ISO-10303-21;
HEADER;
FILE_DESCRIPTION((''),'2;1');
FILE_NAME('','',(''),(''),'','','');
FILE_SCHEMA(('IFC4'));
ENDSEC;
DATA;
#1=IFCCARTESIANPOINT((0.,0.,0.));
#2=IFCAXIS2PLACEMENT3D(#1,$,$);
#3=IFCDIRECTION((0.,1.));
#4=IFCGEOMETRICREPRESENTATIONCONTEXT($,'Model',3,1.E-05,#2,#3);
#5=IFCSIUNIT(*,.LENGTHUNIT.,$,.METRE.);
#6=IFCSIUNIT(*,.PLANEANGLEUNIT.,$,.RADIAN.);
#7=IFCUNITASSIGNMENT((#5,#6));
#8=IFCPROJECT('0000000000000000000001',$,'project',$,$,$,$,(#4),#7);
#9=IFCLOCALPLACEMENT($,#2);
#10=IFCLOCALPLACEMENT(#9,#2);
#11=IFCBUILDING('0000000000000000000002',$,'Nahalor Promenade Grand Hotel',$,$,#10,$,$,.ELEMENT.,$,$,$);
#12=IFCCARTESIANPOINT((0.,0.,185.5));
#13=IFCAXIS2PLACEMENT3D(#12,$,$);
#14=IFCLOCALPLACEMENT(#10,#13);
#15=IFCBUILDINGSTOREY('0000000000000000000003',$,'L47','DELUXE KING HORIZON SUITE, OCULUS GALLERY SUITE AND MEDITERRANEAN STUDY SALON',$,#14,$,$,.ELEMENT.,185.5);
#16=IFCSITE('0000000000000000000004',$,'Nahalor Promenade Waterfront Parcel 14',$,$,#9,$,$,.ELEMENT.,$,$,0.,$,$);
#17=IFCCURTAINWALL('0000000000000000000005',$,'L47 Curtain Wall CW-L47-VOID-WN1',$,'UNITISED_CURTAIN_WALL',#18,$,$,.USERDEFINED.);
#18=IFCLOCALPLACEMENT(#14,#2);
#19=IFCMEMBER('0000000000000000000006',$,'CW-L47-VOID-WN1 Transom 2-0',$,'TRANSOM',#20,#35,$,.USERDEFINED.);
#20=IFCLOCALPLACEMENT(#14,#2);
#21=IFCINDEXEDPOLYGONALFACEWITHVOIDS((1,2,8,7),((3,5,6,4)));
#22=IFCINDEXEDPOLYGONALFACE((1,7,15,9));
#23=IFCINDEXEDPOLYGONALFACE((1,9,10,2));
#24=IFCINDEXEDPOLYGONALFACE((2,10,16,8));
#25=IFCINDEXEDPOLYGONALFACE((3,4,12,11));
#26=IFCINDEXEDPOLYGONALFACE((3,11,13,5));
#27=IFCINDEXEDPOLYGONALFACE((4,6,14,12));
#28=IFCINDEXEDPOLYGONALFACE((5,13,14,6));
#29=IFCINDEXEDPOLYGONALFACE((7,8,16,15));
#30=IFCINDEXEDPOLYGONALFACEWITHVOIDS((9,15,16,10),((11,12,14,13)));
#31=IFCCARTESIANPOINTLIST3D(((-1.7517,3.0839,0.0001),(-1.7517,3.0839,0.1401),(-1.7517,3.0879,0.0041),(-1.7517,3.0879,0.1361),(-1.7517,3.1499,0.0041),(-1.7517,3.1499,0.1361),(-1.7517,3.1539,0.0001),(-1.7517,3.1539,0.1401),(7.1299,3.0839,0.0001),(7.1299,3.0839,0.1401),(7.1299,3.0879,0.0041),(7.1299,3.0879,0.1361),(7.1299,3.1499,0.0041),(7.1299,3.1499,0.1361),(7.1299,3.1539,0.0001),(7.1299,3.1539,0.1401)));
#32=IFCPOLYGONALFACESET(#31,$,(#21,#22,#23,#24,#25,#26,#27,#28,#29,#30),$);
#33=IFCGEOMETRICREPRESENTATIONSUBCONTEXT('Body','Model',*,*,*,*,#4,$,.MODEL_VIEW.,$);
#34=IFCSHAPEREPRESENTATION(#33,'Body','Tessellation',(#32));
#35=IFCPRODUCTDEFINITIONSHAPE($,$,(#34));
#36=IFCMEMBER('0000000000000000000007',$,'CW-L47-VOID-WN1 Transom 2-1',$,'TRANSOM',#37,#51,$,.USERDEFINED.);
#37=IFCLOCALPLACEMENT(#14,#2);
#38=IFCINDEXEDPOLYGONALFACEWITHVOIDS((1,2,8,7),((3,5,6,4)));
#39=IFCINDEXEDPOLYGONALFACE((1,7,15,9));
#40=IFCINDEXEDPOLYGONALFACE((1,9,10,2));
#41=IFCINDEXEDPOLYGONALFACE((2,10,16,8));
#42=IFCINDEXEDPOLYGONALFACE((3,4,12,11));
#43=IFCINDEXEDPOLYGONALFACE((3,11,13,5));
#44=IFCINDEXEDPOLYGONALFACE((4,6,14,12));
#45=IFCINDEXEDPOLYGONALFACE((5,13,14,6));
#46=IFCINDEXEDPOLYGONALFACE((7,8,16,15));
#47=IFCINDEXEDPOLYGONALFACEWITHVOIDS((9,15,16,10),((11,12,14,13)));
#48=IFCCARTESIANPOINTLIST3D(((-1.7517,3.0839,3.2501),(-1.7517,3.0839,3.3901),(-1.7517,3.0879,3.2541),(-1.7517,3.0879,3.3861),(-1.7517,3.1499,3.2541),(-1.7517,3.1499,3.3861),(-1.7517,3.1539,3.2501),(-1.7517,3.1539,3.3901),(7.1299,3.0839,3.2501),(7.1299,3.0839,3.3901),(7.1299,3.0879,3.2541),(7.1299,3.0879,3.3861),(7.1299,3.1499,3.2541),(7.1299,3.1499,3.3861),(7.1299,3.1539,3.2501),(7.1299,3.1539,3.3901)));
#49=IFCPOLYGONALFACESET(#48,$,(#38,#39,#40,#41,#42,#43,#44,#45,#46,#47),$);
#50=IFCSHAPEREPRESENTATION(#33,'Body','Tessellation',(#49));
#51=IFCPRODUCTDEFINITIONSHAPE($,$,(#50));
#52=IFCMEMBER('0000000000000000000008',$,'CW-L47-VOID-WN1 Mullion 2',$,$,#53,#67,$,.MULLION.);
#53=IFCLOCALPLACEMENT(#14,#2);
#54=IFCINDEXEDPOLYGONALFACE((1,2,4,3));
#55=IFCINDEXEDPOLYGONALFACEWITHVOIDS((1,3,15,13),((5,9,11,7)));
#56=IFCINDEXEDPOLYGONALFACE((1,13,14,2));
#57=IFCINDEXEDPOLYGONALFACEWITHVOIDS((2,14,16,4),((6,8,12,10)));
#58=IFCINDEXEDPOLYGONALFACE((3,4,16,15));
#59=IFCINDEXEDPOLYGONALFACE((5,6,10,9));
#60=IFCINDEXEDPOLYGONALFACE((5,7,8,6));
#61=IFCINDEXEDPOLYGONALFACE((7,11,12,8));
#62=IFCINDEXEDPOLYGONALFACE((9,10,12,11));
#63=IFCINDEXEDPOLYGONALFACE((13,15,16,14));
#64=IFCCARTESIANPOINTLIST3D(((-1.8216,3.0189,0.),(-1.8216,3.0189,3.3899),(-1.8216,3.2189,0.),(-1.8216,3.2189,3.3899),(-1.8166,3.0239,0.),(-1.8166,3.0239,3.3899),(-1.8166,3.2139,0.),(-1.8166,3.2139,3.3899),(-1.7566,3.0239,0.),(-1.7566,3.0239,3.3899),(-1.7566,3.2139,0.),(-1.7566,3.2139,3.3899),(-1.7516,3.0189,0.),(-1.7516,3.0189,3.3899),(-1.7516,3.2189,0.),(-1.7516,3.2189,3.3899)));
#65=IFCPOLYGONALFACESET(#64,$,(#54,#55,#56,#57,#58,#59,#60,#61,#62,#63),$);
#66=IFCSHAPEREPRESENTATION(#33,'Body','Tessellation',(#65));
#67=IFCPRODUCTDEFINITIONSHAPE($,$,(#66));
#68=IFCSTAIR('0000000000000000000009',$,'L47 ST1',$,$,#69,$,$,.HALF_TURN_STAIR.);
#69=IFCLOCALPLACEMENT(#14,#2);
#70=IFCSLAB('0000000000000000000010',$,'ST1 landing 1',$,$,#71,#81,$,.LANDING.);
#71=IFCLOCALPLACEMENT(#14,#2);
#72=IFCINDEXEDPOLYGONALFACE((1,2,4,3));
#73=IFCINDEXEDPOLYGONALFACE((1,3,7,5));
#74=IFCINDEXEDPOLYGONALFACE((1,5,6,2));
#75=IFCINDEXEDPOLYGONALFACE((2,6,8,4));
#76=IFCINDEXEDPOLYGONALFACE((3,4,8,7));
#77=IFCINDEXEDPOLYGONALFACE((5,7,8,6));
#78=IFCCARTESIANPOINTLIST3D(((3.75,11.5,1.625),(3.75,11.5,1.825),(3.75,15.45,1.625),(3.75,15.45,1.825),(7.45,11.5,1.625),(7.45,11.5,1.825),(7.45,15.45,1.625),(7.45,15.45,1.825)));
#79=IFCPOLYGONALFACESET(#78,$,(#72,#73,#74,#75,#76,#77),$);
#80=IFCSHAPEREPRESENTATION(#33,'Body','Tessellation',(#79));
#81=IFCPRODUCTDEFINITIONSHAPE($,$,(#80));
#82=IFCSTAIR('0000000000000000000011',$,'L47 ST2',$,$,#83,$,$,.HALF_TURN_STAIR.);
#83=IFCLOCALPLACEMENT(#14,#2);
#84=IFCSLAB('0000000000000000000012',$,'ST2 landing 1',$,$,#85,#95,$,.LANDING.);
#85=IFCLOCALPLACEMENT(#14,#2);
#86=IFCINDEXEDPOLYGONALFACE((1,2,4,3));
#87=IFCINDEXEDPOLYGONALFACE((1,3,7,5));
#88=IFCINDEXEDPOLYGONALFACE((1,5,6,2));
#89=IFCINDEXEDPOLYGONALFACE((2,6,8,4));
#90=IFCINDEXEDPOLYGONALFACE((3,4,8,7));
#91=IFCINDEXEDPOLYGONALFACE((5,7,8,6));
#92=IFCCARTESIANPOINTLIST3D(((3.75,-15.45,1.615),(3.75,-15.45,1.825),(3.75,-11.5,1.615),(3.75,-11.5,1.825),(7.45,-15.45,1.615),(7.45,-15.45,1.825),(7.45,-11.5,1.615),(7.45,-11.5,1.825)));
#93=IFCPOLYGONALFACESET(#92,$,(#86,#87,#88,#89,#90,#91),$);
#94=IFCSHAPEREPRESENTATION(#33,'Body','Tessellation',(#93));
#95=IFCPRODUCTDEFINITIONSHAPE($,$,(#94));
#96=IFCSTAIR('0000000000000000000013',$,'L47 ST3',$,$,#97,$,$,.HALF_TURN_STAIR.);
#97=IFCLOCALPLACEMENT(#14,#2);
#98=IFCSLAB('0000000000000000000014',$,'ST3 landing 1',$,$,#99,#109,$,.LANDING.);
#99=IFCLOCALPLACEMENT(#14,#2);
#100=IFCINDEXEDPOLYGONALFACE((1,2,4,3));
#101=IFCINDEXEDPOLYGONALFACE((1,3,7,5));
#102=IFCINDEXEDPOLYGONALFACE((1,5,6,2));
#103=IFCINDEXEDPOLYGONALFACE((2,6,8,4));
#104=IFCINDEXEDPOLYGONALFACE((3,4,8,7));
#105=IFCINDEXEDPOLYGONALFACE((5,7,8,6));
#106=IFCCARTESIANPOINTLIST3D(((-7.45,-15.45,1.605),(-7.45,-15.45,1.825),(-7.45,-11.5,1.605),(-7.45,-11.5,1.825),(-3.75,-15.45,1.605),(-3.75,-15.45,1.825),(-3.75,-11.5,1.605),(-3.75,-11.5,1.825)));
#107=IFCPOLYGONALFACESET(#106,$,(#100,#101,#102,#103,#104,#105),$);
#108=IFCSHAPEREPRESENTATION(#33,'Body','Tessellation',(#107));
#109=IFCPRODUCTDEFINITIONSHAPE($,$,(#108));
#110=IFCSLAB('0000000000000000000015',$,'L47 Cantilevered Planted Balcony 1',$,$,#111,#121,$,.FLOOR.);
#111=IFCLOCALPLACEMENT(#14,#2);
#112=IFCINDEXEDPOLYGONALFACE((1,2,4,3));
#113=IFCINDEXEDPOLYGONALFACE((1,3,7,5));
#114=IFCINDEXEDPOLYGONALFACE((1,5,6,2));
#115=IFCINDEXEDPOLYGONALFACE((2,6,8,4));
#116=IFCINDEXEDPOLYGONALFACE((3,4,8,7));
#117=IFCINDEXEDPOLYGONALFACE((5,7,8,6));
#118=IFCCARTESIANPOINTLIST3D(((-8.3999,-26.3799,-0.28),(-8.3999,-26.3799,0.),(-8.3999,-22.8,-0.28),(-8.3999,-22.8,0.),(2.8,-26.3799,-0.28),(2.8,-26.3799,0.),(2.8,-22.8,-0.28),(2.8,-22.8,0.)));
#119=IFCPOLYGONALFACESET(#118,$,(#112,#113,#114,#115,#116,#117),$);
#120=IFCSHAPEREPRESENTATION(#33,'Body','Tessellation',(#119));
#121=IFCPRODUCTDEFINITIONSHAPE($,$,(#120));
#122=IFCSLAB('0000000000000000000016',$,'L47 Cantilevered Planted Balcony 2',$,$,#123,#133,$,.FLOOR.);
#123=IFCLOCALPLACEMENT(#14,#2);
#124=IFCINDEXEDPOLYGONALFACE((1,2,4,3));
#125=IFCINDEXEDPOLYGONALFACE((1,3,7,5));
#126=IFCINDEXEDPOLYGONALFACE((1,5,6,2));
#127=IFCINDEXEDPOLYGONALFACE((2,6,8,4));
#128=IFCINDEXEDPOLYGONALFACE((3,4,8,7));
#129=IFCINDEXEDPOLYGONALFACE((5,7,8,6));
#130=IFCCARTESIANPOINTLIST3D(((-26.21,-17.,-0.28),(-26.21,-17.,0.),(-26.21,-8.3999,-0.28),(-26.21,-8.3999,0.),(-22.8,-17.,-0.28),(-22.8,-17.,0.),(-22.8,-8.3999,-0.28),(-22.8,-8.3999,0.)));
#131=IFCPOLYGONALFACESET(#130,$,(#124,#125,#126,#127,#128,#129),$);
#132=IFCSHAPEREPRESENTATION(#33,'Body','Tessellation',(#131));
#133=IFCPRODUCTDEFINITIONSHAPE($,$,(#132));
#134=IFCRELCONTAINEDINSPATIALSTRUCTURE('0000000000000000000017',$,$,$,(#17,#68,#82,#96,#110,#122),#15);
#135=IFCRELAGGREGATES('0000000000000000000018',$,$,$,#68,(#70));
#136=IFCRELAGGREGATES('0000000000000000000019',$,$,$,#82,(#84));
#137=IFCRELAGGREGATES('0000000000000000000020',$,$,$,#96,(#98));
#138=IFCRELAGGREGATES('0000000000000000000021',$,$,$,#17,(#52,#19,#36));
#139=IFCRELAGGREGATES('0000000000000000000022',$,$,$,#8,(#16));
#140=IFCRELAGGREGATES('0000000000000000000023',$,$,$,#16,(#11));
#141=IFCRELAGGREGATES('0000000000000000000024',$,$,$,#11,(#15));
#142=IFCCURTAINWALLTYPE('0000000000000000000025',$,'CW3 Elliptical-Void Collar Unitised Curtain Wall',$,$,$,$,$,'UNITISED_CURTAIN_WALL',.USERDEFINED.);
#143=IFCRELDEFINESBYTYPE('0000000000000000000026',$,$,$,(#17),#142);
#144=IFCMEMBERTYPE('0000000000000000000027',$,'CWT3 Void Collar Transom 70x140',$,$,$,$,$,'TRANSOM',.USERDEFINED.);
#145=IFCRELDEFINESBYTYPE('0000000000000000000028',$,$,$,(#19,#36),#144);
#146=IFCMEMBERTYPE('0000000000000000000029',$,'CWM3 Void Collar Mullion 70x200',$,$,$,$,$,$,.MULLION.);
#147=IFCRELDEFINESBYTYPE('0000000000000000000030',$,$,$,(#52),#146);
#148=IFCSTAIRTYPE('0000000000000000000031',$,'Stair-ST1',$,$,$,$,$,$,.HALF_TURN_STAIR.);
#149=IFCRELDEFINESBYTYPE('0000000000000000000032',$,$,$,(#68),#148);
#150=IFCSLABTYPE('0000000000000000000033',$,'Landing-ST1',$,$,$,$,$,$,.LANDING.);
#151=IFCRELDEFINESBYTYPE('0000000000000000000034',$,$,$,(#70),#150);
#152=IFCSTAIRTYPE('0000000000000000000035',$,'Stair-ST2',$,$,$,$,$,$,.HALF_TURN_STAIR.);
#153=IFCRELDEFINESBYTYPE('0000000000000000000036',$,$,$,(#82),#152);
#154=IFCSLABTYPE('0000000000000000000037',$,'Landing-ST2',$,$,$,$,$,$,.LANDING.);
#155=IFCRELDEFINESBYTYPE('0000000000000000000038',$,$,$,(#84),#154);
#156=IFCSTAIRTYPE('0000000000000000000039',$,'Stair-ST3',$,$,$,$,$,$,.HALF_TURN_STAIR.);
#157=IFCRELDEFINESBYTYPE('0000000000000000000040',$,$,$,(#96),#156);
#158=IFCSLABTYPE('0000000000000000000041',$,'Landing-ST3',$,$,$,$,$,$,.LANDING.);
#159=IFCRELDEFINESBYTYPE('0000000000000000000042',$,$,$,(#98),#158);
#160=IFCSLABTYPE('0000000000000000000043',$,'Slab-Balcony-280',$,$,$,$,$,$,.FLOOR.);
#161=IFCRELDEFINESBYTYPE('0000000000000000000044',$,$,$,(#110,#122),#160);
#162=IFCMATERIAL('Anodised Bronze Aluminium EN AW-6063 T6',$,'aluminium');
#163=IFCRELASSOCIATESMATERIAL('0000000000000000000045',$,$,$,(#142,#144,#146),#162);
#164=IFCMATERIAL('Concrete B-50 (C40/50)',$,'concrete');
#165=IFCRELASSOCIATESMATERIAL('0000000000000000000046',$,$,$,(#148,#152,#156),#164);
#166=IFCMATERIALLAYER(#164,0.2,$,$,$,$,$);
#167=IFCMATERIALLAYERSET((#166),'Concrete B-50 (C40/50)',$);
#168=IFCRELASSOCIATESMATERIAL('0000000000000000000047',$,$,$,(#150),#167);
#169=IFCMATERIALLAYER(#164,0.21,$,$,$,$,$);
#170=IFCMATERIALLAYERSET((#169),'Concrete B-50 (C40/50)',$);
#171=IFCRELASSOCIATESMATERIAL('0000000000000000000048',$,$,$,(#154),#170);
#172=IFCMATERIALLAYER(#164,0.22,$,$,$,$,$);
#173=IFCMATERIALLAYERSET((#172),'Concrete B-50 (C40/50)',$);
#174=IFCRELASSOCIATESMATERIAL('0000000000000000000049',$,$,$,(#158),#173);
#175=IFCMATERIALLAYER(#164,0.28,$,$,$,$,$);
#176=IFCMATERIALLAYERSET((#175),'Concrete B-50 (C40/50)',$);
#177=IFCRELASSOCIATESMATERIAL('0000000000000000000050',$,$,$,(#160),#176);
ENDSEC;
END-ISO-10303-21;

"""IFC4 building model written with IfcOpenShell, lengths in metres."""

from ifc_helpers import new_model, si_unit, direction, frame, origin, origin_2d, place, context, subcontext, project, spatial, polyline, hollow_rectangle, outline, extrude, source, transform, mapped, material, layer, layer_set, material_profile, profile_set, type_object, element, aggregate, save


model = new_model("IFC4")

# Units and contexts
model_context = context("Model", 3, precision=1e-05, world=origin(), true_north=direction((0.0, 1.0)))
body_context = subcontext(model_context, "Body", "Model", "MODEL_VIEW")
ifc_project = project(units=[si_unit("LENGTHUNIT", "METRE"), si_unit("PLANEANGLEUNIT", "RADIAN")], contexts=[model_context])

# Site, building, storey
site_placement = place(None, origin())
site = spatial("IfcSite", under=ifc_project, at=site_placement, Name="Nahalor Promenade Waterfront Parcel 14", CompositionType="ELEMENT", RefElevation=0.0)
building_placement = place(site_placement, origin())
building = spatial("IfcBuilding", under=site, at=building_placement, Name="Nahalor Promenade Grand Hotel", CompositionType="ELEMENT")
storey_placement = place(building_placement, frame((0.0, 0.0, 185.5)))
storey = spatial("IfcBuildingStorey", under=building, at=storey_placement, Name="L47", Description="DELUXE KING HORIZON SUITE, OCULUS GALLERY SUITE AND MEDITERRANEAN STUDY SALON", CompositionType="ELEMENT", Elevation=185.5)

# Shared definitions
ifc_material_1 = material(Name="Anodised Bronze Aluminium EN AW-6063 T6", Category="aluminium")
curtain_wall_type = type_object("IfcCurtainWallType", Name="CW3 Elliptical-Void Collar Unitised Curtain Wall", ElementType="UNITISED_CURTAIN_WALL", PredefinedType="USERDEFINED", material=ifc_material_1)
ifc_material_profile_1 = material_profile(ifc_material_1, hollow_rectangle(XDim=0.07, YDim=0.14, WallThickness=0.004, at=origin_2d()), Name="CWT 70x140x4")
ifc_profile_set_1 = profile_set([ifc_material_profile_1], Name="Anodised Bronze Aluminium EN AW-6063 T6")
member_type_1 = type_object("IfcMemberType", Name="CWT3 Void Collar Transom 70x140", ElementType="TRANSOM", PredefinedType="USERDEFINED", material=ifc_profile_set_1)
shared_shape_1 = source(origin(), body_context, "Body", "SweptSolid", [
    extrude(hollow_rectangle(XDim=0.07, YDim=0.14, WallThickness=0.004, at=origin_2d()), origin(), (0.0, 0.0, 1.0), 8.8816),
])

# Curtain wall, members
curtain_wall_1_placement = place(storey_placement, origin())
curtain_wall_1 = element("IfcCurtainWall", 1, at=curtain_wall_1_placement, inside=storey, type_object=curtain_wall_type, Name="L47 Curtain Wall CW-L47-VOID-WN1", ObjectType="UNITISED_CURTAIN_WALL", PredefinedType="USERDEFINED")
member_1_placement = place(storey_placement, frame((-1.7517, 3.1189, 0.0701), z_axis=(1.0, 0.0, 0.0), x_axis=(0.0, 1.0, 0.0)))
member_1 = element("IfcMember", 2, at=member_1_placement, type_object=member_type_1, Name="CW-L47-VOID-WN1 Transom 2-0", ObjectType="TRANSOM", PredefinedType="USERDEFINED", context=body_context, shape_type="MappedRepresentation", body=[
    mapped(shared_shape_1, transform((0.0, 0.0, 0.0), scale=1.0)),
])
member_2_placement = place(storey_placement, frame((-1.7517, 3.1189, 3.3201), z_axis=(1.0, 0.0, 0.0), x_axis=(0.0, 1.0, 0.0)))
member_2 = element("IfcMember", 3, at=member_2_placement, type_object=member_type_1, Name="CW-L47-VOID-WN1 Transom 2-1", ObjectType="TRANSOM", PredefinedType="USERDEFINED", context=body_context, shape_type="MappedRepresentation", body=[
    mapped(shared_shape_1, transform((0.0, 0.0, 0.0), scale=1.0)),
])
ifc_material_profile_2 = material_profile(ifc_material_1, hollow_rectangle(XDim=0.07, YDim=0.2, WallThickness=0.005, at=origin_2d()), Name="CWM 70x200x5")
ifc_profile_set_2 = profile_set([ifc_material_profile_2], Name="Anodised Bronze Aluminium EN AW-6063 T6")
member_type_2 = type_object("IfcMemberType", Name="CWM3 Void Collar Mullion 70x200", PredefinedType="MULLION", material=ifc_profile_set_2)
shared_shape_2 = source(origin(), body_context, "Body", "SweptSolid", [
    extrude(hollow_rectangle(XDim=0.07, YDim=0.2, WallThickness=0.005, at=origin_2d()), origin(), (0.0, 0.0, 1.0), 3.3899),
])
member_3_placement = place(storey_placement, frame((-1.7866, 3.1189, 0.0), z_axis=(0.0, 0.0, 1.0), x_axis=(1.0, 0.0, 0.0)))
member_3 = element("IfcMember", 4, at=member_3_placement, type_object=member_type_2, Name="CW-L47-VOID-WN1 Mullion 2", PredefinedType="MULLION", context=body_context, shape_type="MappedRepresentation", body=[
    mapped(shared_shape_2, transform((0.0, 0.0, 0.0), scale=1.0)),
])

# Stairs, slabs
ifc_material_2 = material(Name="Concrete B-50 (C40/50)", Category="concrete")
stair_type_1 = type_object("IfcStairType", Name="Stair-ST1", PredefinedType="HALF_TURN_STAIR", material=ifc_material_2)
stair_1_placement = place(storey_placement, origin())
stair_1 = element("IfcStair", 5, at=stair_1_placement, inside=storey, type_object=stair_type_1, Name="L47 ST1", PredefinedType="HALF_TURN_STAIR")
ifc_layer_1 = layer(ifc_material_2, 0.2)
ifc_layer_set_1 = layer_set([ifc_layer_1], Name="Concrete B-50 (C40/50)")
slab_type_1 = type_object("IfcSlabType", Name="Landing-ST1", PredefinedType="LANDING", material=ifc_layer_set_1)
slab_1_placement = place(storey_placement, frame((0.0, 0.0, 1.625)))
slab_1 = element("IfcSlab", 6, at=slab_1_placement, type_object=slab_type_1, Name="ST1 landing 1", PredefinedType="LANDING", context=body_context, shape_type="SweptSolid", body=[
    extrude(outline(polyline([(7.45, 11.5), (7.45, 15.45), (3.75, 15.45), (3.75, 11.5), (7.45, 11.5)])), origin(), (0.0, 0.0, 1.0), 0.2),
])
aggregate(stair_1, [slab_1])
stair_type_2 = type_object("IfcStairType", Name="Stair-ST2", PredefinedType="HALF_TURN_STAIR", material=ifc_material_2)
stair_2_placement = place(storey_placement, origin())
stair_2 = element("IfcStair", 7, at=stair_2_placement, inside=storey, type_object=stair_type_2, Name="L47 ST2", PredefinedType="HALF_TURN_STAIR")
ifc_layer_2 = layer(ifc_material_2, 0.21)
ifc_layer_set_2 = layer_set([ifc_layer_2], Name="Concrete B-50 (C40/50)")
slab_type_2 = type_object("IfcSlabType", Name="Landing-ST2", PredefinedType="LANDING", material=ifc_layer_set_2)
slab_2_placement = place(storey_placement, frame((0.0, 0.0, 1.615)))
slab_2 = element("IfcSlab", 8, at=slab_2_placement, type_object=slab_type_2, Name="ST2 landing 1", PredefinedType="LANDING", context=body_context, shape_type="SweptSolid", body=[
    extrude(outline(polyline([(3.75, -11.5), (3.75, -15.45), (7.45, -15.45), (7.45, -11.5), (3.75, -11.5)])), origin(), (0.0, 0.0, 1.0), 0.21),
])
aggregate(stair_2, [slab_2])
stair_type_3 = type_object("IfcStairType", Name="Stair-ST3", PredefinedType="HALF_TURN_STAIR", material=ifc_material_2)
stair_3_placement = place(storey_placement, origin())
stair_3 = element("IfcStair", 9, at=stair_3_placement, inside=storey, type_object=stair_type_3, Name="L47 ST3", PredefinedType="HALF_TURN_STAIR")
ifc_layer_3 = layer(ifc_material_2, 0.22)
ifc_layer_set_3 = layer_set([ifc_layer_3], Name="Concrete B-50 (C40/50)")
slab_type_3 = type_object("IfcSlabType", Name="Landing-ST3", PredefinedType="LANDING", material=ifc_layer_set_3)
slab_3_placement = place(storey_placement, frame((0.0, 0.0, 1.605)))
slab_3 = element("IfcSlab", 10, at=slab_3_placement, type_object=slab_type_3, Name="ST3 landing 1", PredefinedType="LANDING", context=body_context, shape_type="SweptSolid", body=[
    extrude(outline(polyline([(-7.45, -11.5), (-7.45, -15.45), (-3.75, -15.45), (-3.75, -11.5), (-7.45, -11.5)])), origin(), (0.0, 0.0, 1.0), 0.22),
])
aggregate(stair_3, [slab_3])

# Slabs
ifc_layer_4 = layer(ifc_material_2, 0.28)
ifc_layer_set_4 = layer_set([ifc_layer_4], Name="Concrete B-50 (C40/50)")
slab_type_4 = type_object("IfcSlabType", Name="Slab-Balcony-280", PredefinedType="FLOOR", material=ifc_layer_set_4)
slab_4_placement = place(storey_placement, frame((0.0, 0.0, -0.28)))
element("IfcSlab", 11, at=slab_4_placement, inside=storey, type_object=slab_type_4, Name="L47 Cantilevered Planted Balcony 1", PredefinedType="FLOOR", context=body_context, shape_type="SweptSolid", body=[
    extrude(outline(polyline([(-8.3999, -26.3799), (2.8, -26.3799), (2.8, -22.8), (-8.3999, -22.8), (-8.3999, -26.3799)])), origin(), (0.0, 0.0, 1.0), 0.28),
])
slab_5_placement = place(storey_placement, frame((0.0, 0.0, -0.28)))
element("IfcSlab", 12, at=slab_5_placement, inside=storey, type_object=slab_type_4, Name="L47 Cantilevered Planted Balcony 2", PredefinedType="FLOOR", context=body_context, shape_type="SweptSolid", body=[
    extrude(outline(polyline([(-26.21, -17.0), (-22.8, -17.0), (-22.8, -8.3999), (-26.21, -8.3999), (-26.21, -17.0)])), origin(), (0.0, 0.0, 1.0), 0.28),
])

aggregate(curtain_wall_1, [member_3, member_1, member_2])

save(model, "model.ifc")
